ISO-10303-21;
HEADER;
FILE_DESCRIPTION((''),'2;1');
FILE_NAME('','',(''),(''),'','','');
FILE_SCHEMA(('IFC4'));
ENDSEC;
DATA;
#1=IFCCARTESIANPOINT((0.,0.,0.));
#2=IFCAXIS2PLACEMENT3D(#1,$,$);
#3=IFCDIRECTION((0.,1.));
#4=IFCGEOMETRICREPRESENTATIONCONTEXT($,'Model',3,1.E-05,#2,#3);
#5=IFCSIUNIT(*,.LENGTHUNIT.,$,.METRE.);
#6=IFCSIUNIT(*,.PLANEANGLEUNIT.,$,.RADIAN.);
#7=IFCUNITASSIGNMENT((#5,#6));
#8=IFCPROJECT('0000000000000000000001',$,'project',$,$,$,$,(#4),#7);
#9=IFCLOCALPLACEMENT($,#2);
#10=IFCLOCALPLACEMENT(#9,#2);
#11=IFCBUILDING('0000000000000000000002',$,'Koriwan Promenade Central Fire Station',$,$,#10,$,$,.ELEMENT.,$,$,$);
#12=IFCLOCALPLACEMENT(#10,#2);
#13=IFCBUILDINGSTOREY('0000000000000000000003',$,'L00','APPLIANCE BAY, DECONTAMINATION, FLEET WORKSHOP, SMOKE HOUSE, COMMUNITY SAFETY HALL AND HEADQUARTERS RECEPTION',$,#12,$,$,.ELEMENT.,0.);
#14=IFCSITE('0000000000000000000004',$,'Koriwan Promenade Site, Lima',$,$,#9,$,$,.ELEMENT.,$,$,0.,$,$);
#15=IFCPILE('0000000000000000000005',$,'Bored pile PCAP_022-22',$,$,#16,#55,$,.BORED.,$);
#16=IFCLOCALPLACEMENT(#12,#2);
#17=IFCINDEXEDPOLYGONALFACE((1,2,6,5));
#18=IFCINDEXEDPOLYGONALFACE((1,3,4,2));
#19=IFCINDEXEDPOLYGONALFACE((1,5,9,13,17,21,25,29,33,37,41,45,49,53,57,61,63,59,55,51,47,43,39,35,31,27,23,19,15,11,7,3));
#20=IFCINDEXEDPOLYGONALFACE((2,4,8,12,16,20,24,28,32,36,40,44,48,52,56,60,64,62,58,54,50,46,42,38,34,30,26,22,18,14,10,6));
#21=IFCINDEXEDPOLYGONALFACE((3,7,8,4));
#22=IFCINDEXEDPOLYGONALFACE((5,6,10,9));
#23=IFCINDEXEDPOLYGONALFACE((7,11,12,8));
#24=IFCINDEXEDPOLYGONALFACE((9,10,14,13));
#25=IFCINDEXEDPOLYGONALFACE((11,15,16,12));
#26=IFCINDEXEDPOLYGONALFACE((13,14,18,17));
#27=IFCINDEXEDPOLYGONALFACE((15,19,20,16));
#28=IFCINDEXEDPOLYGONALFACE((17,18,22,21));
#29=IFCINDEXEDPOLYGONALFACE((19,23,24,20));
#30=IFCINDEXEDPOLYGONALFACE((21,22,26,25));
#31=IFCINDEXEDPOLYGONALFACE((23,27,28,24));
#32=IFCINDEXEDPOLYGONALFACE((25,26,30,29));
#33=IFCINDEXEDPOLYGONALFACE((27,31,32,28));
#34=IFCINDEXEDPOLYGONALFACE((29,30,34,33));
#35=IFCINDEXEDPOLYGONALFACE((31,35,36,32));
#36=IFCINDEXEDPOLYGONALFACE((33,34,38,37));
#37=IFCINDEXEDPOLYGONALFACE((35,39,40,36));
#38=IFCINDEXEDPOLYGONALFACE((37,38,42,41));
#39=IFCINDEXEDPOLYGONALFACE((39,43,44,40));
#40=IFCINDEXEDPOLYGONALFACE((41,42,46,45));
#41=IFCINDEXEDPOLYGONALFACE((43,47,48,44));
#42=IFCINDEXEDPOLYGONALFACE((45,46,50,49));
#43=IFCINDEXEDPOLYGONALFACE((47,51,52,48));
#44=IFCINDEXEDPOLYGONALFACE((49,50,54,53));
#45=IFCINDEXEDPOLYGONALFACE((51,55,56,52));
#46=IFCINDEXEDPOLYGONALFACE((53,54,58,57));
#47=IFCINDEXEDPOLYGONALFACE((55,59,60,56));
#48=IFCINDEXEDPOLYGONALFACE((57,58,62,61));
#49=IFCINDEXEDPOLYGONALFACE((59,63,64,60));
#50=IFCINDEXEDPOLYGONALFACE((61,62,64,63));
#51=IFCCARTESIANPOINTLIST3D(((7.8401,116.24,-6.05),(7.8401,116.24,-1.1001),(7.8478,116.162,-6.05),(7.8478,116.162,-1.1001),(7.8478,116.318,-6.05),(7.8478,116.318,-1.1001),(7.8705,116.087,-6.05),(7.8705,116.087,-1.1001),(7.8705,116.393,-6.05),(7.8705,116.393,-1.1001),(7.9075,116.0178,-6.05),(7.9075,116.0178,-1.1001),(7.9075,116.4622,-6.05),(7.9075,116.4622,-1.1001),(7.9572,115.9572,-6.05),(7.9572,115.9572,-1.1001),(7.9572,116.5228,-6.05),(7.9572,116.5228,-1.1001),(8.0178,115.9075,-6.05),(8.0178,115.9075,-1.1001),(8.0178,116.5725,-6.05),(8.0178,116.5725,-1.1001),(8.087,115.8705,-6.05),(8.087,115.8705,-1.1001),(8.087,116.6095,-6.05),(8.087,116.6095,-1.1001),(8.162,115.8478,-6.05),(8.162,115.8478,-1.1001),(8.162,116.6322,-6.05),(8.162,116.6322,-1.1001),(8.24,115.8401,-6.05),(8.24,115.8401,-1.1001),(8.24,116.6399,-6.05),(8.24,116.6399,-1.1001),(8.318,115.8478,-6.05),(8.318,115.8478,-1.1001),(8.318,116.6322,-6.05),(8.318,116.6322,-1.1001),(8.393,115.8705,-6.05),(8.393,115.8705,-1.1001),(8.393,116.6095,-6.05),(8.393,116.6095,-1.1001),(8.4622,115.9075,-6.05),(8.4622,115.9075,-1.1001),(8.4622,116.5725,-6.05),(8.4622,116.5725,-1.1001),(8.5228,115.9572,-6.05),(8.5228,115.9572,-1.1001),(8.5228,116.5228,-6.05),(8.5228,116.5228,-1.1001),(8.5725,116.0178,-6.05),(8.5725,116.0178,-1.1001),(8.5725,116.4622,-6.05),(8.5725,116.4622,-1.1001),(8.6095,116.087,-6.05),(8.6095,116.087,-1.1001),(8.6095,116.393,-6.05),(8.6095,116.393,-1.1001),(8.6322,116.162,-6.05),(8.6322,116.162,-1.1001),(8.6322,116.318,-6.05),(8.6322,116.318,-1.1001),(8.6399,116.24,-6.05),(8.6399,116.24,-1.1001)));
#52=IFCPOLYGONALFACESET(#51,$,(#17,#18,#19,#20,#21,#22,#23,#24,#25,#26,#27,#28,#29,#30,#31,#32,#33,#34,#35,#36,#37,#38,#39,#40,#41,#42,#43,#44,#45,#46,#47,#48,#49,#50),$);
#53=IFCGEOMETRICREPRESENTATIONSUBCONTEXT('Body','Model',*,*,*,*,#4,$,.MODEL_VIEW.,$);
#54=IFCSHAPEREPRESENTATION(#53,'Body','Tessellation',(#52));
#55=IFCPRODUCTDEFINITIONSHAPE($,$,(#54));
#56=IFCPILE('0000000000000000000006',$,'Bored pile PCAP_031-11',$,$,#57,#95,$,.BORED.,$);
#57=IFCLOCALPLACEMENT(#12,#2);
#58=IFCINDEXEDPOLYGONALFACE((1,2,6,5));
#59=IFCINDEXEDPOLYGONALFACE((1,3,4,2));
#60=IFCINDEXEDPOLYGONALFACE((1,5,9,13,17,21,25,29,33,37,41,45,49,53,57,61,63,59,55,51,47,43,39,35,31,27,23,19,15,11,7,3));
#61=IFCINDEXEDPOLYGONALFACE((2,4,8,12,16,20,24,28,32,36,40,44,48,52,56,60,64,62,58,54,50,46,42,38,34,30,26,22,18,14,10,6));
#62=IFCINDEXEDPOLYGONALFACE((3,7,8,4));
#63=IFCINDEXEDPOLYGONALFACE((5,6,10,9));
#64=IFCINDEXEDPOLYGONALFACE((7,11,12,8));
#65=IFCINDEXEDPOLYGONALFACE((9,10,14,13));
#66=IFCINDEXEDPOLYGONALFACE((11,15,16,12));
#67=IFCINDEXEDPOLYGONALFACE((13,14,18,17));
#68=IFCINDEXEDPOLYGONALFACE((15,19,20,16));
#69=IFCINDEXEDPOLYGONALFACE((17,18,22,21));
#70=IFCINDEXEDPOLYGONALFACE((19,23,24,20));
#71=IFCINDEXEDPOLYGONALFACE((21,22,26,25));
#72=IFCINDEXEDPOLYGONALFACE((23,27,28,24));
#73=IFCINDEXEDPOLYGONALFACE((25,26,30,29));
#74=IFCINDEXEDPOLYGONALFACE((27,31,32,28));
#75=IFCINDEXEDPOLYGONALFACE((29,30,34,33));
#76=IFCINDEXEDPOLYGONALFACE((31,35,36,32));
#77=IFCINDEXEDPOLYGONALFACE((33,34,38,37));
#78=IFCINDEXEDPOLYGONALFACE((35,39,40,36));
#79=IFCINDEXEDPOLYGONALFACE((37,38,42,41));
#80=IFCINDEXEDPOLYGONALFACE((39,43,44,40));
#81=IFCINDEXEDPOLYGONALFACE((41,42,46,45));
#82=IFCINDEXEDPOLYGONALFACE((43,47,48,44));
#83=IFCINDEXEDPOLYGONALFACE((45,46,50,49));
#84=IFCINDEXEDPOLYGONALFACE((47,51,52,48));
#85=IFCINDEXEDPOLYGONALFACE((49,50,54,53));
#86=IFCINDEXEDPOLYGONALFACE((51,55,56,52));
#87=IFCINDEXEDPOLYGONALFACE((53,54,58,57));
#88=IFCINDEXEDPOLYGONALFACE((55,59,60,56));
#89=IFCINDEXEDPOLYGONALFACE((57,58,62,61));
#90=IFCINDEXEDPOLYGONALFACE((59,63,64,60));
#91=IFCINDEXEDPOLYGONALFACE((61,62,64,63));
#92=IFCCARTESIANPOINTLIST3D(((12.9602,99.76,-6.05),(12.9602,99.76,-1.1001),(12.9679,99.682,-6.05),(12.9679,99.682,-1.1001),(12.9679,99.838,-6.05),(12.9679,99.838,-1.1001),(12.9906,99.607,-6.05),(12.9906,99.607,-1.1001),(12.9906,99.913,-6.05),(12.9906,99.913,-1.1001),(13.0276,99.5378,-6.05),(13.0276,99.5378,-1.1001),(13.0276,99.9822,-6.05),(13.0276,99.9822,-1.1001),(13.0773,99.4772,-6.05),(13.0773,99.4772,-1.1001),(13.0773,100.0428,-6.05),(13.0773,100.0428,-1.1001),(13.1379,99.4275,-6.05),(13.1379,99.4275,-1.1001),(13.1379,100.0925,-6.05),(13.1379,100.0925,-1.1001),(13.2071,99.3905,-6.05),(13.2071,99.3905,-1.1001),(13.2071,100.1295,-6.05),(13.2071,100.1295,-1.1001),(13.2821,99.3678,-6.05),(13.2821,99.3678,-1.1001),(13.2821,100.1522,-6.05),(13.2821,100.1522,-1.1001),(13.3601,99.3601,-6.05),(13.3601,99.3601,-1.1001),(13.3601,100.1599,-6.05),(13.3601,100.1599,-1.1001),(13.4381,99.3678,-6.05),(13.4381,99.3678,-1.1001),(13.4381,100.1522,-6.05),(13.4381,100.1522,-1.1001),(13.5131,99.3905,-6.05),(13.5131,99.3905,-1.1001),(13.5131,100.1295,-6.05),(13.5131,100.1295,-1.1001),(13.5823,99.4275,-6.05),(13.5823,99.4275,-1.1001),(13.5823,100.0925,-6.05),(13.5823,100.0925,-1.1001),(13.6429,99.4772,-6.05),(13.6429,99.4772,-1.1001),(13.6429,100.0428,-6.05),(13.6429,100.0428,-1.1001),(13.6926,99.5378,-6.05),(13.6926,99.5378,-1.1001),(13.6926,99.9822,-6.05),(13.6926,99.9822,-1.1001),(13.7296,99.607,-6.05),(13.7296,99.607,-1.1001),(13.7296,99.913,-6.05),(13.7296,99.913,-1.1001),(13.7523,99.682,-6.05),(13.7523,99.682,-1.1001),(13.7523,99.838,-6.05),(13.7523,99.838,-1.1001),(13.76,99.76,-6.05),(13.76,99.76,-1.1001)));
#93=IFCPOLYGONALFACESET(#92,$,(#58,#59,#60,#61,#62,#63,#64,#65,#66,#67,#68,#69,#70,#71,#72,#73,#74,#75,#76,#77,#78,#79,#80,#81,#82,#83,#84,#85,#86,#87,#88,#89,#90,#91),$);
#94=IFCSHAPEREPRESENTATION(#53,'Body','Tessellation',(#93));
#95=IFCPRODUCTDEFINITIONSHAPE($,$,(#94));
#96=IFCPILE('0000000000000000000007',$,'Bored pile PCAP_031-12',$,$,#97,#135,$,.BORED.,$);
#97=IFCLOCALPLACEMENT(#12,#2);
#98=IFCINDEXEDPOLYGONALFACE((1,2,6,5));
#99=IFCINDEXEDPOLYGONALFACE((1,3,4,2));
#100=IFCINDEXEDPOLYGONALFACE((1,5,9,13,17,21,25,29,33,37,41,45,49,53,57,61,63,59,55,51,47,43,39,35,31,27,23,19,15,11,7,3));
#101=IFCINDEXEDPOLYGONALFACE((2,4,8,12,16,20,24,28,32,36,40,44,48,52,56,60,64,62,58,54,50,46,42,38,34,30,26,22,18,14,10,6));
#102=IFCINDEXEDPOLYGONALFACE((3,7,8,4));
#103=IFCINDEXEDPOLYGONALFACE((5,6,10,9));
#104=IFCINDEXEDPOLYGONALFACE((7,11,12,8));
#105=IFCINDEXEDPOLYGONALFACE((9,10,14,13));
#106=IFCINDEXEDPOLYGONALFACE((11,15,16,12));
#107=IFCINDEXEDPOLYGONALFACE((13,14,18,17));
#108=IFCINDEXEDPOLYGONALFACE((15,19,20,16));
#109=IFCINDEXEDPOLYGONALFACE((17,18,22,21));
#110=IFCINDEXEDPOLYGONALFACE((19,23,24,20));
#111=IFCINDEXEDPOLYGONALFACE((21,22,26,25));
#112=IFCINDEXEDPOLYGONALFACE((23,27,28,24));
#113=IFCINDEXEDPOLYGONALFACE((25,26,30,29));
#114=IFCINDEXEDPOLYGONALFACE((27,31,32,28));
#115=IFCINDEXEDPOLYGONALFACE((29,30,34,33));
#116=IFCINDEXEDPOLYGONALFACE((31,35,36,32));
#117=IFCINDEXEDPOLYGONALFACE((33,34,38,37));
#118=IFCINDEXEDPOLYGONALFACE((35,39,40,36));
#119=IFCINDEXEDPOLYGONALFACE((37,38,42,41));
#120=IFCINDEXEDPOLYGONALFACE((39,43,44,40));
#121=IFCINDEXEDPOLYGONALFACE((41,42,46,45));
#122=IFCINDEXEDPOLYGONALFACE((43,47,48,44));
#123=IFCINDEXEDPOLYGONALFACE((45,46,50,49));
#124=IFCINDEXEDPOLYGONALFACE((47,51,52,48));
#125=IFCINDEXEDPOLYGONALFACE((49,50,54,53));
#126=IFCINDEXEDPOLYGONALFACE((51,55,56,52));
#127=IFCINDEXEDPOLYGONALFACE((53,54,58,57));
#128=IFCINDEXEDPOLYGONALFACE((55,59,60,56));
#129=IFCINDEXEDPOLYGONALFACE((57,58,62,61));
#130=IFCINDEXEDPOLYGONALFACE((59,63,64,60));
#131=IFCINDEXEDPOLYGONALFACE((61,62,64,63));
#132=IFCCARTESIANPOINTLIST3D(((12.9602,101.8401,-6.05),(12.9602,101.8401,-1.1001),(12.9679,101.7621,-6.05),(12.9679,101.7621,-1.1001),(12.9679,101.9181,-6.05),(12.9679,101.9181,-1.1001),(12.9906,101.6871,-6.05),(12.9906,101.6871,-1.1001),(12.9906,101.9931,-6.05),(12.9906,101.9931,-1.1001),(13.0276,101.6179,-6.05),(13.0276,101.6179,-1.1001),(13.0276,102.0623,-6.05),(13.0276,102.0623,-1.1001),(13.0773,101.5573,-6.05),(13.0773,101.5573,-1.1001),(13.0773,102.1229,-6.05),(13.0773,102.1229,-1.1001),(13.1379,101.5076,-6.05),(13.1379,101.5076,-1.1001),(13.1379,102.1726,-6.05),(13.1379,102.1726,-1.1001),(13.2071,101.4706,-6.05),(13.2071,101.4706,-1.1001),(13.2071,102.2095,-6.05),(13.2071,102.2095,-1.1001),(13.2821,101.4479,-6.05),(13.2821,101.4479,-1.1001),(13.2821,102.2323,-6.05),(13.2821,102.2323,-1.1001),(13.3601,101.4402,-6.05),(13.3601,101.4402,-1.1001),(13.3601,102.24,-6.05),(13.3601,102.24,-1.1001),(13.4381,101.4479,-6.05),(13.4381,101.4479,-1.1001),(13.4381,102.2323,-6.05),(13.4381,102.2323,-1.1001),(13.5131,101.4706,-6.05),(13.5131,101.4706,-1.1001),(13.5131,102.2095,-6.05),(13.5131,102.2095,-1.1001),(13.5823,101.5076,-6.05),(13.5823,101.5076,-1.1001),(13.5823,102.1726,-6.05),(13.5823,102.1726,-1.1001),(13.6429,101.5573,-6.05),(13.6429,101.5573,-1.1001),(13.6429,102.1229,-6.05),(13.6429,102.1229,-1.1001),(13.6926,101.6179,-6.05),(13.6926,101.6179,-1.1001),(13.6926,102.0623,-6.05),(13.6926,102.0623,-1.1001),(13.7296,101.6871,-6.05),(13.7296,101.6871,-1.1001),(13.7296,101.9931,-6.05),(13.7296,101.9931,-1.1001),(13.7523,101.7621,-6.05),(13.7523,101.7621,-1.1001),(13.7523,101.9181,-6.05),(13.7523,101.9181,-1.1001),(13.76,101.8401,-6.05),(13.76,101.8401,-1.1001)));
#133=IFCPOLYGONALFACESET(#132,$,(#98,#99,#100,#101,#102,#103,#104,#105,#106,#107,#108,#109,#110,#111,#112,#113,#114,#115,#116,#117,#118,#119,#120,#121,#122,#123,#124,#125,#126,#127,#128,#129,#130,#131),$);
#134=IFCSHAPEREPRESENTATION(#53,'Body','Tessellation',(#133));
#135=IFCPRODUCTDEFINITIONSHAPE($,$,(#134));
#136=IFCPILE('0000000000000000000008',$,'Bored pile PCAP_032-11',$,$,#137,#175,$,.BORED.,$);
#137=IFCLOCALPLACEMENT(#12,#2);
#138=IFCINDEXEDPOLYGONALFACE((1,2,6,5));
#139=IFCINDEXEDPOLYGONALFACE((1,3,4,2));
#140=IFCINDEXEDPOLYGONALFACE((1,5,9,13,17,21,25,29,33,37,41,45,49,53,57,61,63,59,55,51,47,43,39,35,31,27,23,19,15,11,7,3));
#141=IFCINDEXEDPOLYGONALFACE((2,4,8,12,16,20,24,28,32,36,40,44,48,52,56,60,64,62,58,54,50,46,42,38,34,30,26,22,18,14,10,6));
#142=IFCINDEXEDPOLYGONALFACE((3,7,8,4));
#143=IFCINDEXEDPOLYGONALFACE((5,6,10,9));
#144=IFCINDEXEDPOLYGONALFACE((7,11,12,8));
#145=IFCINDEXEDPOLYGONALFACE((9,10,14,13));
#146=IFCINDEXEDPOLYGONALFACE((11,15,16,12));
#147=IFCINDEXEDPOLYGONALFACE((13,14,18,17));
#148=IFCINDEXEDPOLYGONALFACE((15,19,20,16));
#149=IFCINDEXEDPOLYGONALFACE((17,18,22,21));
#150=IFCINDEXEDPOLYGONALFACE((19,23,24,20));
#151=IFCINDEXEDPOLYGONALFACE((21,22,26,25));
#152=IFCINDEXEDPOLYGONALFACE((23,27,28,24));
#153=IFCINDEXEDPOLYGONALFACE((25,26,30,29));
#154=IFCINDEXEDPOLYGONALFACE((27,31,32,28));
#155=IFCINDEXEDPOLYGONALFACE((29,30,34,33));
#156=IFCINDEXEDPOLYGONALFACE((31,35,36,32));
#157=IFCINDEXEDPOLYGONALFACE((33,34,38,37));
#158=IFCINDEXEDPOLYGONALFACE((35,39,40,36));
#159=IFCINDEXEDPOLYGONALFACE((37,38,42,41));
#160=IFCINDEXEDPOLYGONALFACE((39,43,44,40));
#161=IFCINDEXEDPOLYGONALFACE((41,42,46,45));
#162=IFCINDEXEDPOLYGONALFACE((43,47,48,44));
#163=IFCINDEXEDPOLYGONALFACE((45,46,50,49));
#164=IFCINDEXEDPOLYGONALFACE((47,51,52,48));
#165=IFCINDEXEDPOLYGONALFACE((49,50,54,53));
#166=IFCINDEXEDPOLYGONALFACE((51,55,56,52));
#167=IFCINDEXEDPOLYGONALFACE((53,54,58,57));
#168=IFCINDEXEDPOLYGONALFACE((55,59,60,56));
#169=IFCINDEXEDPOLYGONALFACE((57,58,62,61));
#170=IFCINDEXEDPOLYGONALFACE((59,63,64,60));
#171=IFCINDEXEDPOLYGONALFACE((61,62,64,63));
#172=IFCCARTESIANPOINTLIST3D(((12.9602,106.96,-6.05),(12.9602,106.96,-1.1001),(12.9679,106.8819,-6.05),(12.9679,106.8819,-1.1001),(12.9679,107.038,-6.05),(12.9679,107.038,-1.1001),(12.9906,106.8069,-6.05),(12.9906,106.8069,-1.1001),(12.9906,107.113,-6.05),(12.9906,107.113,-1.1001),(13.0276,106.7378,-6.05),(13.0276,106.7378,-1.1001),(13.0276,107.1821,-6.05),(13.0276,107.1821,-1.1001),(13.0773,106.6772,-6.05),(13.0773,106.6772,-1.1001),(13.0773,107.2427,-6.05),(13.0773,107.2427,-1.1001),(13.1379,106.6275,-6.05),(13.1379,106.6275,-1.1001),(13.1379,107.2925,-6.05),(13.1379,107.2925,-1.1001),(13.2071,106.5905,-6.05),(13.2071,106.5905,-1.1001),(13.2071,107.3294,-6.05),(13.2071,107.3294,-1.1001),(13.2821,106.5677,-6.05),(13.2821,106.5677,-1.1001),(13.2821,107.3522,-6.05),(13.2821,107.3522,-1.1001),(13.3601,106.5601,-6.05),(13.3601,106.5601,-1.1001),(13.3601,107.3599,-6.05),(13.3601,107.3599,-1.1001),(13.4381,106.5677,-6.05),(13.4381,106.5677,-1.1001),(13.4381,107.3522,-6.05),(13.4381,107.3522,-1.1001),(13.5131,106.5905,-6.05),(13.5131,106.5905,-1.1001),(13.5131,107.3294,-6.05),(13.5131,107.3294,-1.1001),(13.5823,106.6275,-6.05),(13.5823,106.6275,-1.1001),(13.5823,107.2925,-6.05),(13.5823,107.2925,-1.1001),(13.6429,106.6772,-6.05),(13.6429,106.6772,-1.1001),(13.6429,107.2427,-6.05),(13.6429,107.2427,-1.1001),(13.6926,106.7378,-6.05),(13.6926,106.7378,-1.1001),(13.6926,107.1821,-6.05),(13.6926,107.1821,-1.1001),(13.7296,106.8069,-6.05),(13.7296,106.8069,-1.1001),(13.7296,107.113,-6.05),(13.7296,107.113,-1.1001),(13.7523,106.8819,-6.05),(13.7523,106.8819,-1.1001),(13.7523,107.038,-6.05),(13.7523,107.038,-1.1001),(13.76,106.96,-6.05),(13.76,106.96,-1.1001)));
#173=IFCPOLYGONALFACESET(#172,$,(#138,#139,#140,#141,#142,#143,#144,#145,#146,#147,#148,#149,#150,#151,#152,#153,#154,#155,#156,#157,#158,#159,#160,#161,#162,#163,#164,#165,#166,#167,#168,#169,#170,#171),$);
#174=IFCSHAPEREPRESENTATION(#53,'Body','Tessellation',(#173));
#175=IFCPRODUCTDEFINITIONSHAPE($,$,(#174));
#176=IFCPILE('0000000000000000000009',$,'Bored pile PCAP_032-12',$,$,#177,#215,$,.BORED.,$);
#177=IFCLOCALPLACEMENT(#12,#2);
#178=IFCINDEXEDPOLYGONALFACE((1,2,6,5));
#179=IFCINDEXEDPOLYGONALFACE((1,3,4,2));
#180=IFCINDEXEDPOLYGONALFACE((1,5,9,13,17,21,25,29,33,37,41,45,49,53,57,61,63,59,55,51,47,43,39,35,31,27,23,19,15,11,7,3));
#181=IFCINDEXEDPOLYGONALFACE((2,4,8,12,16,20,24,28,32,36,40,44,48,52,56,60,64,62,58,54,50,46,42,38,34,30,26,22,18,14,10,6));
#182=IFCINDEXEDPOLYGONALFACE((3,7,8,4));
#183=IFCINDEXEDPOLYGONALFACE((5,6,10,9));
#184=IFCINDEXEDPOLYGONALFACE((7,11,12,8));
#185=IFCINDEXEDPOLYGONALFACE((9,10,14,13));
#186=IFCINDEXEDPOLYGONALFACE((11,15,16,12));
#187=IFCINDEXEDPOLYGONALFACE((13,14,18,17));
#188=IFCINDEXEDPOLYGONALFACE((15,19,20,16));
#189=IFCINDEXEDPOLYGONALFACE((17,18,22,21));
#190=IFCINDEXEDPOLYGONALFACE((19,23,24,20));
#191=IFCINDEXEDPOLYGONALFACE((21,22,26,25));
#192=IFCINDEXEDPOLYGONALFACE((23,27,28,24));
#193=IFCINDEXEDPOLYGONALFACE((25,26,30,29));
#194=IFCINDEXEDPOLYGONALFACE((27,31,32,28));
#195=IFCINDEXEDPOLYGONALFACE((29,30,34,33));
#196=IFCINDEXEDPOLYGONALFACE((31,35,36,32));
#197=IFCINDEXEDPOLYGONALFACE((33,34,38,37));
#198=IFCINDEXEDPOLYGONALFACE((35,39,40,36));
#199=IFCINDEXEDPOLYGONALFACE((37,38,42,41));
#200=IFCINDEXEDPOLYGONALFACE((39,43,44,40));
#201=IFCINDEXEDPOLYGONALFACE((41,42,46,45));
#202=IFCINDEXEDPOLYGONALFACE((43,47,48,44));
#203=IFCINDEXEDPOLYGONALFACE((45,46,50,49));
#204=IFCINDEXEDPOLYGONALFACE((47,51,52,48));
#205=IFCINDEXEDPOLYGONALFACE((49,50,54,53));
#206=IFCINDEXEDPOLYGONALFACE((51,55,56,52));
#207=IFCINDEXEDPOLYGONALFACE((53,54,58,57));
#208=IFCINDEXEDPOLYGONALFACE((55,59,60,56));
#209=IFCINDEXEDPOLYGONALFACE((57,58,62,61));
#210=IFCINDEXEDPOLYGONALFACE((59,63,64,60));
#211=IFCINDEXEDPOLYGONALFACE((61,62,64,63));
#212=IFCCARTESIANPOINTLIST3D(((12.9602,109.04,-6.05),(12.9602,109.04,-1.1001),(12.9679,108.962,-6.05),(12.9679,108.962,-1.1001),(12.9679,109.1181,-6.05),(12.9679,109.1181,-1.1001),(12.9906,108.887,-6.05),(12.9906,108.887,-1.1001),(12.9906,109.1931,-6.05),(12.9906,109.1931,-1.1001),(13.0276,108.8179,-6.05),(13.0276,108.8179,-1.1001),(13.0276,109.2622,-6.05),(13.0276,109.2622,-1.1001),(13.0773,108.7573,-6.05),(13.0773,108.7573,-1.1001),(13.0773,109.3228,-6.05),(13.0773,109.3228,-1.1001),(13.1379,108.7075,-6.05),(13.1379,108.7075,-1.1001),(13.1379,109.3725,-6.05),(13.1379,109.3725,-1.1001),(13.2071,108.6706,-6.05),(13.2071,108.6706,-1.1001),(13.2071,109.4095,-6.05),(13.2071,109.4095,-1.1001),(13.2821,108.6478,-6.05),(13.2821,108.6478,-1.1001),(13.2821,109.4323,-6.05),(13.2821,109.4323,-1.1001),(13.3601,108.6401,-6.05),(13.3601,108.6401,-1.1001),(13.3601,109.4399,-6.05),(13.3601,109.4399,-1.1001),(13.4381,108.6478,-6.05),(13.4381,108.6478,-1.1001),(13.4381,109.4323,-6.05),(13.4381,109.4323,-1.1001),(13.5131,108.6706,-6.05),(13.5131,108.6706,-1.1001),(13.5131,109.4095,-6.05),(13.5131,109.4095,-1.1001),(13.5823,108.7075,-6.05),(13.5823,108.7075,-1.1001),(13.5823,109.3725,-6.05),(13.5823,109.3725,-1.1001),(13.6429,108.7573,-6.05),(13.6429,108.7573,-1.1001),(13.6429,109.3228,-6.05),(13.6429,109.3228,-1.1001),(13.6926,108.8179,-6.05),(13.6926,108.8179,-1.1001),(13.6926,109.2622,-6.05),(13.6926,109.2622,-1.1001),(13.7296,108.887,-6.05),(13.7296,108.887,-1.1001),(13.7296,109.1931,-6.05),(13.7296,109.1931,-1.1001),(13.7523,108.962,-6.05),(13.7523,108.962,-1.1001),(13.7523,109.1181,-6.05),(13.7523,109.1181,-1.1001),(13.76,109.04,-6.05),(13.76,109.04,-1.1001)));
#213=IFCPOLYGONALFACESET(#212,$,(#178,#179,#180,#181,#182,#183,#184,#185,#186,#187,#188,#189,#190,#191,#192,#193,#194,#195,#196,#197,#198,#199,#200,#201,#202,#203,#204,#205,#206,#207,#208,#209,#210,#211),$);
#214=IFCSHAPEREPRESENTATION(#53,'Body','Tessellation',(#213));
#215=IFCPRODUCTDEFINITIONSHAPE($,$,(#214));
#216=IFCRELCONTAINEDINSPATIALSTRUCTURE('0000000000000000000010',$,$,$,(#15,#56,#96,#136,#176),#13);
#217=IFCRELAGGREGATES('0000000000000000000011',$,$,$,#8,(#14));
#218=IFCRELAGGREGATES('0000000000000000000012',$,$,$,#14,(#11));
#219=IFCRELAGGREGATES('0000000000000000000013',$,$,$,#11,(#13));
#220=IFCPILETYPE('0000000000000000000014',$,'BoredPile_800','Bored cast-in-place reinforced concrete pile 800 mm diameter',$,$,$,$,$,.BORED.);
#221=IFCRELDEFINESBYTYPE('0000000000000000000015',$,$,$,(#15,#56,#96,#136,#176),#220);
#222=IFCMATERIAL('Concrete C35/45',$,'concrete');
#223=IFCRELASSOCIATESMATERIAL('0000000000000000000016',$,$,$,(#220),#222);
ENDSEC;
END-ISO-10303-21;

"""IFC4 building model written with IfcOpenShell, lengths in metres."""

from ifc_helpers import new_model, si_unit, direction, frame, origin, origin_2d, place, context, subcontext, project, spatial, circle, extrude, material, material_profile, profile_set, type_object, element, save


model = new_model("IFC4")

# Units and contexts
model_context = context("Model", 3, precision=1e-05, world=origin(), true_north=direction((0.0, 1.0)))
body_context = subcontext(model_context, "Body", "Model", "MODEL_VIEW")
ifc_project = project(units=[si_unit("LENGTHUNIT", "METRE"), si_unit("PLANEANGLEUNIT", "RADIAN")], contexts=[model_context])

# Site, building, storey
site_placement = place(None, origin())
site = spatial("IfcSite", under=ifc_project, at=site_placement, Name="Koriwan Promenade Site, Lima", CompositionType="ELEMENT", RefElevation=0.0)
building_placement = place(site_placement, origin())
building = spatial("IfcBuilding", under=site, at=building_placement, Name="Koriwan Promenade Central Fire Station", CompositionType="ELEMENT")
storey_placement = place(building_placement, origin())
storey = spatial("IfcBuildingStorey", under=building, at=storey_placement, Name="L00", Description="APPLIANCE BAY, DECONTAMINATION, FLEET WORKSHOP, SMOKE HOUSE, COMMUNITY SAFETY HALL AND HEADQUARTERS RECEPTION", CompositionType="ELEMENT", Elevation=0.0)

# Piles
ifc_material_1 = material(Name="Concrete C35/45", Category="concrete")
ifc_material_profile_1 = material_profile(ifc_material_1, circle(Radius=0.3999, at=origin_2d()), Name="PILE-D800")
ifc_profile_set_1 = profile_set([ifc_material_profile_1], Name="Concrete C35/45")
pile_type = type_object("IfcPileType", Name="BoredPile_800", Description="Bored cast-in-place reinforced concrete pile 800 mm diameter", PredefinedType="BORED", material=ifc_profile_set_1)
for number, where, z_axis, x_axis, name in (
    (1, (8.24, 116.24, -1.1001), (0.0, 0.0, -1.0), (1.0, 0.0, 0.0), "Bored pile PCAP_022-22"),
    (2, (13.3601, 99.76, -1.1001), (0.0, 0.0, -1.0), (1.0, 0.0, 0.0), "Bored pile PCAP_031-11"),
    (3, (13.3601, 101.8401, -1.1001), (0.0, 0.0, -1.0), (1.0, 0.0, 0.0), "Bored pile PCAP_031-12"),
    (4, (13.3601, 106.96, -1.1001), (0.0, 0.0, -1.0), (1.0, 0.0, 0.0), "Bored pile PCAP_032-11"),
    (5, (13.3601, 109.04, -1.1001), (0.0, 0.0, -1.0), (1.0, 0.0, 0.0), "Bored pile PCAP_032-12"),
):
    element("IfcPile", number, at=place(storey_placement, frame(where, z_axis=z_axis, x_axis=x_axis)), inside=storey, type_object=pile_type, Name=name, PredefinedType="BORED", context=body_context, shape_type="SweptSolid", body=[
        extrude(circle(Radius=0.3999, at=origin_2d()), origin(), (0.0, 0.0, 1.0), 4.95),
    ])

save(model, "model.ifc")
